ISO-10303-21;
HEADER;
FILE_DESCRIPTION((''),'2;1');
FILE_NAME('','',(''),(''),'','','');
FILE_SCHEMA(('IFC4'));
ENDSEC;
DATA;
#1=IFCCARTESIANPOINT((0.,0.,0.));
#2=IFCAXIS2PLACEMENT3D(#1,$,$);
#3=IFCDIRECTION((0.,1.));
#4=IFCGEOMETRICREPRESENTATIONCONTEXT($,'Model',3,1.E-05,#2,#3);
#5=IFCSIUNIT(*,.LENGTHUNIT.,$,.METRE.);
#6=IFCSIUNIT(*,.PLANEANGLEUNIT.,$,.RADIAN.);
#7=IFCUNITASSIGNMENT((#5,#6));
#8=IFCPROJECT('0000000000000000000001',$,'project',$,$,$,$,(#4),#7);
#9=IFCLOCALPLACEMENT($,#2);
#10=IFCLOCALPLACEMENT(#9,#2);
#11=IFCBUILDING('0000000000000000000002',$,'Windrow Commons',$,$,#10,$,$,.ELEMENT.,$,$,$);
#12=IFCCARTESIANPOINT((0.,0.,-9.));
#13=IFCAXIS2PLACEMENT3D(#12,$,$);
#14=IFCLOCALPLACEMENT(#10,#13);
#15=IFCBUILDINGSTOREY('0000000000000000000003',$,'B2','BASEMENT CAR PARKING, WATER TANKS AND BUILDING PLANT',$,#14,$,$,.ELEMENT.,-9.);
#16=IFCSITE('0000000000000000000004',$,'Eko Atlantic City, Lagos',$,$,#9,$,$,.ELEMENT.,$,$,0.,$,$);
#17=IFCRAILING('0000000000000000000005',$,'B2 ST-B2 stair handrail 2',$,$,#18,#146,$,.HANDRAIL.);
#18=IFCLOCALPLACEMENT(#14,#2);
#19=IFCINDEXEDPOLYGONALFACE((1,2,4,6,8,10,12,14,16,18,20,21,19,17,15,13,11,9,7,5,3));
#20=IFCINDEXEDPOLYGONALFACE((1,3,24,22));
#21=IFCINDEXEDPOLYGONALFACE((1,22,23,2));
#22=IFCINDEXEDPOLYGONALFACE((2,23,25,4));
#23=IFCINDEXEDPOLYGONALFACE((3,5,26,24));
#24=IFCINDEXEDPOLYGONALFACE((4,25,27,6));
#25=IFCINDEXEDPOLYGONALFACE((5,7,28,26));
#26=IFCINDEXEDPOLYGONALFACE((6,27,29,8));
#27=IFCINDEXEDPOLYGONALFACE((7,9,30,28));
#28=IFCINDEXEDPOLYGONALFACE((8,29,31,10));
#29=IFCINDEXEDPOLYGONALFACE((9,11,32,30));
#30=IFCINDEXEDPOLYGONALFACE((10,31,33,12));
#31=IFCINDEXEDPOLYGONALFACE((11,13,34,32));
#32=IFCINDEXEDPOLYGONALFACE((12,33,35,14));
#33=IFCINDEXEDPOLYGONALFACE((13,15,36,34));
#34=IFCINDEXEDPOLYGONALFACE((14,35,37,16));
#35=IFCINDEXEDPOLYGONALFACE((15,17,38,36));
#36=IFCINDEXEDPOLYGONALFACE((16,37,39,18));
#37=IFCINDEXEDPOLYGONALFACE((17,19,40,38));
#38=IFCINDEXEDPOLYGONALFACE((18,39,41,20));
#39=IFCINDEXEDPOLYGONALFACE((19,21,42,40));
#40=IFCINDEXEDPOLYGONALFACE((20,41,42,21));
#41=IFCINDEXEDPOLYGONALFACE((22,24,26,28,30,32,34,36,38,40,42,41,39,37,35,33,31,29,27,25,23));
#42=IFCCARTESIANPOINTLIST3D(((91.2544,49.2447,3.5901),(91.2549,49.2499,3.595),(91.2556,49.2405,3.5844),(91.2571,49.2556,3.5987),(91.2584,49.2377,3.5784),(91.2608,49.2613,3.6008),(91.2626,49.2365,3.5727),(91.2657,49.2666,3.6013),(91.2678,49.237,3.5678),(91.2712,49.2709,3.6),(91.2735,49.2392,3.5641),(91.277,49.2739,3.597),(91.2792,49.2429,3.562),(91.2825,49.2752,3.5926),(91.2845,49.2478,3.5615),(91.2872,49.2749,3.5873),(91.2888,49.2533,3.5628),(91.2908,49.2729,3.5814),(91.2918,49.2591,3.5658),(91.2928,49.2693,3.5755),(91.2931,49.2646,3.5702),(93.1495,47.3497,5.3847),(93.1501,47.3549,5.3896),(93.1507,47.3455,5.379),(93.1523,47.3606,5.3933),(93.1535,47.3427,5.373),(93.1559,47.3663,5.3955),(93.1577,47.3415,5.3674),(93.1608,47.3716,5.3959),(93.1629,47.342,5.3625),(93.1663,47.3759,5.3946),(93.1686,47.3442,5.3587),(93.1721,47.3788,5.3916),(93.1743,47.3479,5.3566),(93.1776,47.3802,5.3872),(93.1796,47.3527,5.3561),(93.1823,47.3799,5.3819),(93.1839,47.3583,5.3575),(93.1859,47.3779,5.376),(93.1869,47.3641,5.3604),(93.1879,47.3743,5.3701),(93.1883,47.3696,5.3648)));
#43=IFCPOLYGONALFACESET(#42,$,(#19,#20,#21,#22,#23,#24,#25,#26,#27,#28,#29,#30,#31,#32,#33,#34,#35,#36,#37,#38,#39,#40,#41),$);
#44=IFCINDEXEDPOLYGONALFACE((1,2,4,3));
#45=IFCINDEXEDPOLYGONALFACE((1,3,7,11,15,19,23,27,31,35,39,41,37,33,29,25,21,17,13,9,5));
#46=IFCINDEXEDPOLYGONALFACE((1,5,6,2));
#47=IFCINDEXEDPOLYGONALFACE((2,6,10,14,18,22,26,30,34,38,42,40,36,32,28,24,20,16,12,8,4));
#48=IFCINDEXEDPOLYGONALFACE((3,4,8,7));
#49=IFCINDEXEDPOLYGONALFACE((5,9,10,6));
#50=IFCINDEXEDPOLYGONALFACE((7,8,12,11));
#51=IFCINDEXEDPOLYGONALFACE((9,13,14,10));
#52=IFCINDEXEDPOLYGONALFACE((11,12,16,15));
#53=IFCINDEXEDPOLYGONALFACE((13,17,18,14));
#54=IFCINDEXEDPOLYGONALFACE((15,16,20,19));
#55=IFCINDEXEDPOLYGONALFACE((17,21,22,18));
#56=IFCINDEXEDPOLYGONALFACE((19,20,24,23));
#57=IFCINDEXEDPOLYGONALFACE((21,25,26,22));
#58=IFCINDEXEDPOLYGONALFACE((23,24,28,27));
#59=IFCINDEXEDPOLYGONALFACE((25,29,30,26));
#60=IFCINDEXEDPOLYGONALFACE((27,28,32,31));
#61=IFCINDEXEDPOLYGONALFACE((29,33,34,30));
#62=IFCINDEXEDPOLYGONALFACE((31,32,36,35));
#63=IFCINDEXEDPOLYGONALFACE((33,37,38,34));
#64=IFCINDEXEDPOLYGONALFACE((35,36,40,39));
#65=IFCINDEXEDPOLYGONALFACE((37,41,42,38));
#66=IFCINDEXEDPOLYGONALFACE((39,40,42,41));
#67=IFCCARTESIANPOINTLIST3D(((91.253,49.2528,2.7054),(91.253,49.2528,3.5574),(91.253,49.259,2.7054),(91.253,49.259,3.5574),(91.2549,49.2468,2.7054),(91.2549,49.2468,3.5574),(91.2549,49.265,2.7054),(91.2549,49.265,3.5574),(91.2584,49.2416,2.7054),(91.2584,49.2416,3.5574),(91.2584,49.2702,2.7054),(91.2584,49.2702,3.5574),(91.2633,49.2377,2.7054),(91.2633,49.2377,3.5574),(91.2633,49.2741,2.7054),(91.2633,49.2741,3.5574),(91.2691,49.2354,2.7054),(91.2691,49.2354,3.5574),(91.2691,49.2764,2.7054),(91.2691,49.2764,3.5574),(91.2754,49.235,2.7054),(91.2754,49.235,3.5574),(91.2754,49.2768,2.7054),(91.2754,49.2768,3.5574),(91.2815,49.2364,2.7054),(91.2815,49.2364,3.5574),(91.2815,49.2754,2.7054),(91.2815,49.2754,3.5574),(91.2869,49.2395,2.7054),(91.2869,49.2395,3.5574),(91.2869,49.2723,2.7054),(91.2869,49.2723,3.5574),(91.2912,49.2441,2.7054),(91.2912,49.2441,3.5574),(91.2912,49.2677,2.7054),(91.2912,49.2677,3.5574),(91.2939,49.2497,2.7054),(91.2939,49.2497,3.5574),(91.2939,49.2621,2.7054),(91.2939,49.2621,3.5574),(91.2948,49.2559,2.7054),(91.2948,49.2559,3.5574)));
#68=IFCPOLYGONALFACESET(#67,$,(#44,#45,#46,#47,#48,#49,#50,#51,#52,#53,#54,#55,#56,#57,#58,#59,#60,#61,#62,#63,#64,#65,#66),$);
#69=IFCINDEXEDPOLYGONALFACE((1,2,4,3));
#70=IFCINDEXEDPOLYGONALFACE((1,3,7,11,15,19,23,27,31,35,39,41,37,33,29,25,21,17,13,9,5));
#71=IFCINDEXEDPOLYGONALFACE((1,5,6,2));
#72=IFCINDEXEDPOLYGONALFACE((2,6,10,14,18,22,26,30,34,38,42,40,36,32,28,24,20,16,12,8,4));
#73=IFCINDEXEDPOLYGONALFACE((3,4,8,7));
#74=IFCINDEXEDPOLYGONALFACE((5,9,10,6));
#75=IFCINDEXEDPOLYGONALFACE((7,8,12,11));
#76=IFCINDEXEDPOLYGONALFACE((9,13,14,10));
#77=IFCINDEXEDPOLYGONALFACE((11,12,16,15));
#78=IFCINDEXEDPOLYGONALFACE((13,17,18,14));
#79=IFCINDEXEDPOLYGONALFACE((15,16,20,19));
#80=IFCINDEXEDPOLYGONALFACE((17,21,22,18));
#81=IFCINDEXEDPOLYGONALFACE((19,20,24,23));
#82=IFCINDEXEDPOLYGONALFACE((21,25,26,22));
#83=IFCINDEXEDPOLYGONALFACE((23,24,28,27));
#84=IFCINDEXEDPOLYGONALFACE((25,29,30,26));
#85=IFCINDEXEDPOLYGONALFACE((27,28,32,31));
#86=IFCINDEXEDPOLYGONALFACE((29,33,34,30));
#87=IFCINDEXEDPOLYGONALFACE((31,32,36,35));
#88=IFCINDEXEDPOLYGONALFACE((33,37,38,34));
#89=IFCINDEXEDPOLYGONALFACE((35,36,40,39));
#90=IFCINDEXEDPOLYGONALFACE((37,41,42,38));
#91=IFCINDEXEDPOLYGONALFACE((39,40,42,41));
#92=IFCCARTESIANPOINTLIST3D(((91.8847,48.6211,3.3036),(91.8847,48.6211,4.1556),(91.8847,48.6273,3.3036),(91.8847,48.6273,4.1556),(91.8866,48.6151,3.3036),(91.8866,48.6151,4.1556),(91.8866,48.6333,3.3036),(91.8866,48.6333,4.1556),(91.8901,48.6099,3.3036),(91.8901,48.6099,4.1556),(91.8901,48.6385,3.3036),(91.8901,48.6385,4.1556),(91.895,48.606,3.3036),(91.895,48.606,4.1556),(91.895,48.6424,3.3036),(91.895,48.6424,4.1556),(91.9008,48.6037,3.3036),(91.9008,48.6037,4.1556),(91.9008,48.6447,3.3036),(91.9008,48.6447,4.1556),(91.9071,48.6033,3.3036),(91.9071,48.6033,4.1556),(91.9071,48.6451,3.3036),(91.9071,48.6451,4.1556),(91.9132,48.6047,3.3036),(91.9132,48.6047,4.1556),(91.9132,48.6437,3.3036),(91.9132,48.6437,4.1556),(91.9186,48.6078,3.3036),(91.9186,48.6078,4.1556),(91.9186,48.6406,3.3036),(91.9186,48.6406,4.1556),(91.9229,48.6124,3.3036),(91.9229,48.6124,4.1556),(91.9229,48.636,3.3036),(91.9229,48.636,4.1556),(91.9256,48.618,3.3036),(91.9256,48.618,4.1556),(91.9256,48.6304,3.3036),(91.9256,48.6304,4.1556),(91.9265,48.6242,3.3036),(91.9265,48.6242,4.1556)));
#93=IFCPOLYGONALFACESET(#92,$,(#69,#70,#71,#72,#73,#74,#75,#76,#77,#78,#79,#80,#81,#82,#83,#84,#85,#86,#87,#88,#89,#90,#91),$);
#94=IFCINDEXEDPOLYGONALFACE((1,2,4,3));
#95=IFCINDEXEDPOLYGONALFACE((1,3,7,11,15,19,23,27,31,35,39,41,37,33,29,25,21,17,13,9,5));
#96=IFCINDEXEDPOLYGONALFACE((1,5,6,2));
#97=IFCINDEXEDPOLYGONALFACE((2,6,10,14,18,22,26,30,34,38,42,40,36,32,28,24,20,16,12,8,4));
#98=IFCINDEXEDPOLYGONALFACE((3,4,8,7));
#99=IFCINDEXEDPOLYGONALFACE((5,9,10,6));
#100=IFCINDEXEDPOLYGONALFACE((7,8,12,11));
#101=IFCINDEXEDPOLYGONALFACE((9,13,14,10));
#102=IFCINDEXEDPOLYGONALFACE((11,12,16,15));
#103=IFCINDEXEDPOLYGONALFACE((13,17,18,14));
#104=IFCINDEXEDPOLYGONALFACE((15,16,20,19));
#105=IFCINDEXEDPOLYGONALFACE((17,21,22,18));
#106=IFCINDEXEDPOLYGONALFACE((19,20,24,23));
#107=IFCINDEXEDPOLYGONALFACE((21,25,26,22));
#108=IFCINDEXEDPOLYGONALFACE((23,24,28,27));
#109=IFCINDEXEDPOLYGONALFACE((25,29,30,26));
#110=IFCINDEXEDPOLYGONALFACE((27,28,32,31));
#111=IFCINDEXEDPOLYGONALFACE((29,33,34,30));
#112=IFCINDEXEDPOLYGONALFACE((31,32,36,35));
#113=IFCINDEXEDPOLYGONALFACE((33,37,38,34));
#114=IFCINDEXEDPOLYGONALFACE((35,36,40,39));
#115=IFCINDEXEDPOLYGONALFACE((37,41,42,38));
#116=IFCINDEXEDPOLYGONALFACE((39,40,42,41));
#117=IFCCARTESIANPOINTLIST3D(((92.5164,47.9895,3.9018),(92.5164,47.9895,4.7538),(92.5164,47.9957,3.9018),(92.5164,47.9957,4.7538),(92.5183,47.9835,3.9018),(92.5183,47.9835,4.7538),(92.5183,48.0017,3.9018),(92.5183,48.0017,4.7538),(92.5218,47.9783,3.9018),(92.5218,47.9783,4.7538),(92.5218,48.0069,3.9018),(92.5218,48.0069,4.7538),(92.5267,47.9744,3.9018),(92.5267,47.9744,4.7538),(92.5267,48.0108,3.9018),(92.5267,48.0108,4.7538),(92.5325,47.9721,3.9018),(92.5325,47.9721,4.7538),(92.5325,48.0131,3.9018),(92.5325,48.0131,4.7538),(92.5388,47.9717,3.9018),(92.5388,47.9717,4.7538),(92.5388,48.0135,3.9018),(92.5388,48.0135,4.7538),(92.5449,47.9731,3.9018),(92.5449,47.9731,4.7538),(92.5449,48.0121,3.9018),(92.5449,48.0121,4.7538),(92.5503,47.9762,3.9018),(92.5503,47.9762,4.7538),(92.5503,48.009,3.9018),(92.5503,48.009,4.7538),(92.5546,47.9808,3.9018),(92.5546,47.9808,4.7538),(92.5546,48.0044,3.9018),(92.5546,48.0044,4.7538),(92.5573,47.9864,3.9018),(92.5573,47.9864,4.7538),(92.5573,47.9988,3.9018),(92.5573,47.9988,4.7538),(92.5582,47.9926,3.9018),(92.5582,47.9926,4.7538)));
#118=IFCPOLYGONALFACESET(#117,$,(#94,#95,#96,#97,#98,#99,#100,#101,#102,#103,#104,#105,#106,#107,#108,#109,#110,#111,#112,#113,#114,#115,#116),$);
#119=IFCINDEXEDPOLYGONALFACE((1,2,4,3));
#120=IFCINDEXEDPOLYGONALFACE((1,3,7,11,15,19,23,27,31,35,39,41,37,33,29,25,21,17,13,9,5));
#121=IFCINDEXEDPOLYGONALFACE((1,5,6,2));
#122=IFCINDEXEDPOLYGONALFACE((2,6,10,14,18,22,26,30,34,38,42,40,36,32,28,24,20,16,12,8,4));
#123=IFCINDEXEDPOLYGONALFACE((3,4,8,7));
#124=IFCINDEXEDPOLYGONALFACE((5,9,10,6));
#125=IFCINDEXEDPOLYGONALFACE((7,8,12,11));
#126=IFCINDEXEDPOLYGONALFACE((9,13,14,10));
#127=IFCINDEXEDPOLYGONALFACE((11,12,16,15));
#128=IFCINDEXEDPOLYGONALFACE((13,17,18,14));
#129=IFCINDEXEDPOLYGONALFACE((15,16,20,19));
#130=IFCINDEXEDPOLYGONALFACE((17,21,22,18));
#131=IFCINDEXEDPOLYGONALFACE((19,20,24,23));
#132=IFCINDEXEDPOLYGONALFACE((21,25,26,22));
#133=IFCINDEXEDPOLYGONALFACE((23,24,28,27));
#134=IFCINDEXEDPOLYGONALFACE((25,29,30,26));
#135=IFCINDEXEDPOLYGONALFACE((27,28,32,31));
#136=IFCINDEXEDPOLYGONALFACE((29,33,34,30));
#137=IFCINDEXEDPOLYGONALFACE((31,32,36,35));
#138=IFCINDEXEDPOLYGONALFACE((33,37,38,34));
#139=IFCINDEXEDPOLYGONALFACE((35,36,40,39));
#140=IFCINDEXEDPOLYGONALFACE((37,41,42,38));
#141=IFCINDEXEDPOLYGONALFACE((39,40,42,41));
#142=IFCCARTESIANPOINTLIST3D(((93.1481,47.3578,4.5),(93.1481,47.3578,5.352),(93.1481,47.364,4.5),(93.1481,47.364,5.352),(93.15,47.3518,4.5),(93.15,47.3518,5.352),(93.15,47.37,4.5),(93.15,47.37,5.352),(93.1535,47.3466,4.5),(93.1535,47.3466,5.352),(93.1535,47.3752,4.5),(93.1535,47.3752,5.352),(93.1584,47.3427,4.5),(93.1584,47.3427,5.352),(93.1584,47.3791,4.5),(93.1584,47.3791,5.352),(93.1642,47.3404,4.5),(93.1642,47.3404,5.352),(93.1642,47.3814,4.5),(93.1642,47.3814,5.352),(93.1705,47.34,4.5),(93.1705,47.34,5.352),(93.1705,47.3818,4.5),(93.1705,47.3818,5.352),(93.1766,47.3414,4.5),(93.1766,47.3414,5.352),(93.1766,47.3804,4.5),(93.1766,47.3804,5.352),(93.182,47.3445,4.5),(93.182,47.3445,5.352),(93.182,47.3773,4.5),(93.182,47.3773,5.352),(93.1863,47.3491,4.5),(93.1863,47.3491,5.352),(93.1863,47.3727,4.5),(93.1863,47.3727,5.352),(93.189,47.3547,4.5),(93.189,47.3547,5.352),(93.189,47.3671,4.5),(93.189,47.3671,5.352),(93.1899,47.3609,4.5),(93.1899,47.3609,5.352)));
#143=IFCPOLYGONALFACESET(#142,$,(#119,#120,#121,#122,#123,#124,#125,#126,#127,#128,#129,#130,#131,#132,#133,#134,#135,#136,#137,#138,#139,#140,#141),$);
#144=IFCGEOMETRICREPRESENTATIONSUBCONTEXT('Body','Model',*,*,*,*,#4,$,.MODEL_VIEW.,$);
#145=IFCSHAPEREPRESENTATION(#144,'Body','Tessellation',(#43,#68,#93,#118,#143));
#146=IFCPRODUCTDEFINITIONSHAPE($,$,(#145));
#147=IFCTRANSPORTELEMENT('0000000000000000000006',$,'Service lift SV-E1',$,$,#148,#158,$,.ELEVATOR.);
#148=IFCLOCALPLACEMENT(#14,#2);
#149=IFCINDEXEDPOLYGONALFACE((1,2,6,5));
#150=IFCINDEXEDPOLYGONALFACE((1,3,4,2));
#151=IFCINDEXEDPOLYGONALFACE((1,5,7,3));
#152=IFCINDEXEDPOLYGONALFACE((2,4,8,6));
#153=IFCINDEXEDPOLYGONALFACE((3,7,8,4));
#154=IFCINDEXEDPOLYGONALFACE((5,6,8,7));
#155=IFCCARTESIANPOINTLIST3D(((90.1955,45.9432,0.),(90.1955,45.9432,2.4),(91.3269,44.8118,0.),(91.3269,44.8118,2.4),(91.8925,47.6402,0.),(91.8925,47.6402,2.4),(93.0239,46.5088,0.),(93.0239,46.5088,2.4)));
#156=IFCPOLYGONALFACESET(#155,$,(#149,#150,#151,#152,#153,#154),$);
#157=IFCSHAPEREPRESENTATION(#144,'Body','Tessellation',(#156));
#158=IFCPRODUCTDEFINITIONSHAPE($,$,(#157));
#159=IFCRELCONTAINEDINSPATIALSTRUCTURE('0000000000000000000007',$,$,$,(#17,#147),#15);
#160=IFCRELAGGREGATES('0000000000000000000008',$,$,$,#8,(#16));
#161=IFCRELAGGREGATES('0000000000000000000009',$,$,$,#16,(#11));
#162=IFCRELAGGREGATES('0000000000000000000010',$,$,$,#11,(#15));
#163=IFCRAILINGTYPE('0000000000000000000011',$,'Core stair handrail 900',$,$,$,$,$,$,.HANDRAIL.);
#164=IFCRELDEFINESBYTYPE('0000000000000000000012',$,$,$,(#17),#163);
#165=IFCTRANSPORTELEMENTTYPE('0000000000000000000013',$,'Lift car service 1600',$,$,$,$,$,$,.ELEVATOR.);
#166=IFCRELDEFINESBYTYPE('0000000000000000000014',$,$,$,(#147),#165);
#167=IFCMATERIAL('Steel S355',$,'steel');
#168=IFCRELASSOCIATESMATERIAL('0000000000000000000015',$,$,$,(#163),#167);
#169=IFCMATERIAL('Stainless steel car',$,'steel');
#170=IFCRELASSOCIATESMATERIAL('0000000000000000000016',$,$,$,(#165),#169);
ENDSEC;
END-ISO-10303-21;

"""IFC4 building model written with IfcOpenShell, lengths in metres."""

from ifc_helpers import new_model, si_unit, direction, frame, origin, origin_2d, place, context, subcontext, project, spatial, rectangle, circle, extrude, material, type_object, element, save


model = new_model("IFC4")

# Units and contexts
model_context = context("Model", 3, precision=1e-05, world=origin(), true_north=direction((0.0, 1.0)))
body_context = subcontext(model_context, "Body", "Model", "MODEL_VIEW")
ifc_project = project(units=[si_unit("LENGTHUNIT", "METRE"), si_unit("PLANEANGLEUNIT", "RADIAN")], contexts=[model_context])

# Site, building, storey
site_placement = place(None, origin())
site = spatial("IfcSite", under=ifc_project, at=site_placement, Name="Eko Atlantic City, Lagos", CompositionType="ELEMENT", RefElevation=0.0)
building_placement = place(site_placement, origin())
building = spatial("IfcBuilding", under=site, at=building_placement, Name="Windrow Commons", CompositionType="ELEMENT")
storey_placement = place(building_placement, frame((0.0, 0.0, -9.0)))
storey = spatial("IfcBuildingStorey", under=building, at=storey_placement, Name="B2", Description="BASEMENT CAR PARKING, WATER TANKS AND BUILDING PLANT", CompositionType="ELEMENT", Elevation=-9.0)

# Railing
ifc_material_1 = material(Name="Steel S355", Category="steel")
railing_type_1 = type_object("IfcRailingType", Name="Core stair handrail 900", PredefinedType="HANDRAIL", material=ifc_material_1)
railing_1_placement = place(storey_placement, frame((91.2738, 49.2559, 2.7054)))
element("IfcRailing", 1, at=railing_1_placement, inside=storey, type_object=railing_type_1, Name="B2 ST-B2 stair handrail 2", PredefinedType="HANDRAIL", context=body_context, shape_type="SweptSolid", body=[
    extrude(circle(Radius=0.024, at=origin_2d()), frame((0.0, 0.0, 0.876), z_axis=(0.58756, -0.587529, 0.556401), x_axis=(0.707088, 0.707125, 0.0)), (0.0, 0.0, 1.0), 3.2254),
    extrude(circle(Radius=0.021, at=origin_2d()), origin(), (0.0, 0.0, 1.0), 0.852),
    extrude(circle(Radius=0.021, at=origin_2d()), frame((0.6317, -0.6317, 0.5982)), (0.0, 0.0, 1.0), 0.852),
    extrude(circle(Radius=0.021, at=origin_2d()), frame((1.2634, -1.2633, 1.1964)), (0.0, 0.0, 1.0), 0.852),
    extrude(circle(Radius=0.021, at=origin_2d()), frame((1.8951, -1.895, 1.7946)), (0.0, 0.0, 1.0), 0.852),
])

# Transport element
ifc_material_2 = material(Name="Stainless steel car", Category="steel")
transport_element_type = type_object("IfcTransportElementType", Name="Lift car service 1600", PredefinedType="ELEVATOR", material=ifc_material_2)
transport_element_placement = place(storey_placement, frame((91.6097, 46.226, 0.0), z_axis=(0.0, 0.0, 1.0), x_axis=(0.707107, -0.707107, 0.0)))
element("IfcTransportElement", 2, at=transport_element_placement, inside=storey, type_object=transport_element_type, Name="Service lift SV-E1", PredefinedType="ELEVATOR", context=body_context, shape_type="SweptSolid", body=[
    extrude(rectangle(XDim=1.6, YDim=2.4, at=origin_2d()), origin(), (0.0, 0.0, 1.0), 2.4),
])

save(model, "model.ifc")
